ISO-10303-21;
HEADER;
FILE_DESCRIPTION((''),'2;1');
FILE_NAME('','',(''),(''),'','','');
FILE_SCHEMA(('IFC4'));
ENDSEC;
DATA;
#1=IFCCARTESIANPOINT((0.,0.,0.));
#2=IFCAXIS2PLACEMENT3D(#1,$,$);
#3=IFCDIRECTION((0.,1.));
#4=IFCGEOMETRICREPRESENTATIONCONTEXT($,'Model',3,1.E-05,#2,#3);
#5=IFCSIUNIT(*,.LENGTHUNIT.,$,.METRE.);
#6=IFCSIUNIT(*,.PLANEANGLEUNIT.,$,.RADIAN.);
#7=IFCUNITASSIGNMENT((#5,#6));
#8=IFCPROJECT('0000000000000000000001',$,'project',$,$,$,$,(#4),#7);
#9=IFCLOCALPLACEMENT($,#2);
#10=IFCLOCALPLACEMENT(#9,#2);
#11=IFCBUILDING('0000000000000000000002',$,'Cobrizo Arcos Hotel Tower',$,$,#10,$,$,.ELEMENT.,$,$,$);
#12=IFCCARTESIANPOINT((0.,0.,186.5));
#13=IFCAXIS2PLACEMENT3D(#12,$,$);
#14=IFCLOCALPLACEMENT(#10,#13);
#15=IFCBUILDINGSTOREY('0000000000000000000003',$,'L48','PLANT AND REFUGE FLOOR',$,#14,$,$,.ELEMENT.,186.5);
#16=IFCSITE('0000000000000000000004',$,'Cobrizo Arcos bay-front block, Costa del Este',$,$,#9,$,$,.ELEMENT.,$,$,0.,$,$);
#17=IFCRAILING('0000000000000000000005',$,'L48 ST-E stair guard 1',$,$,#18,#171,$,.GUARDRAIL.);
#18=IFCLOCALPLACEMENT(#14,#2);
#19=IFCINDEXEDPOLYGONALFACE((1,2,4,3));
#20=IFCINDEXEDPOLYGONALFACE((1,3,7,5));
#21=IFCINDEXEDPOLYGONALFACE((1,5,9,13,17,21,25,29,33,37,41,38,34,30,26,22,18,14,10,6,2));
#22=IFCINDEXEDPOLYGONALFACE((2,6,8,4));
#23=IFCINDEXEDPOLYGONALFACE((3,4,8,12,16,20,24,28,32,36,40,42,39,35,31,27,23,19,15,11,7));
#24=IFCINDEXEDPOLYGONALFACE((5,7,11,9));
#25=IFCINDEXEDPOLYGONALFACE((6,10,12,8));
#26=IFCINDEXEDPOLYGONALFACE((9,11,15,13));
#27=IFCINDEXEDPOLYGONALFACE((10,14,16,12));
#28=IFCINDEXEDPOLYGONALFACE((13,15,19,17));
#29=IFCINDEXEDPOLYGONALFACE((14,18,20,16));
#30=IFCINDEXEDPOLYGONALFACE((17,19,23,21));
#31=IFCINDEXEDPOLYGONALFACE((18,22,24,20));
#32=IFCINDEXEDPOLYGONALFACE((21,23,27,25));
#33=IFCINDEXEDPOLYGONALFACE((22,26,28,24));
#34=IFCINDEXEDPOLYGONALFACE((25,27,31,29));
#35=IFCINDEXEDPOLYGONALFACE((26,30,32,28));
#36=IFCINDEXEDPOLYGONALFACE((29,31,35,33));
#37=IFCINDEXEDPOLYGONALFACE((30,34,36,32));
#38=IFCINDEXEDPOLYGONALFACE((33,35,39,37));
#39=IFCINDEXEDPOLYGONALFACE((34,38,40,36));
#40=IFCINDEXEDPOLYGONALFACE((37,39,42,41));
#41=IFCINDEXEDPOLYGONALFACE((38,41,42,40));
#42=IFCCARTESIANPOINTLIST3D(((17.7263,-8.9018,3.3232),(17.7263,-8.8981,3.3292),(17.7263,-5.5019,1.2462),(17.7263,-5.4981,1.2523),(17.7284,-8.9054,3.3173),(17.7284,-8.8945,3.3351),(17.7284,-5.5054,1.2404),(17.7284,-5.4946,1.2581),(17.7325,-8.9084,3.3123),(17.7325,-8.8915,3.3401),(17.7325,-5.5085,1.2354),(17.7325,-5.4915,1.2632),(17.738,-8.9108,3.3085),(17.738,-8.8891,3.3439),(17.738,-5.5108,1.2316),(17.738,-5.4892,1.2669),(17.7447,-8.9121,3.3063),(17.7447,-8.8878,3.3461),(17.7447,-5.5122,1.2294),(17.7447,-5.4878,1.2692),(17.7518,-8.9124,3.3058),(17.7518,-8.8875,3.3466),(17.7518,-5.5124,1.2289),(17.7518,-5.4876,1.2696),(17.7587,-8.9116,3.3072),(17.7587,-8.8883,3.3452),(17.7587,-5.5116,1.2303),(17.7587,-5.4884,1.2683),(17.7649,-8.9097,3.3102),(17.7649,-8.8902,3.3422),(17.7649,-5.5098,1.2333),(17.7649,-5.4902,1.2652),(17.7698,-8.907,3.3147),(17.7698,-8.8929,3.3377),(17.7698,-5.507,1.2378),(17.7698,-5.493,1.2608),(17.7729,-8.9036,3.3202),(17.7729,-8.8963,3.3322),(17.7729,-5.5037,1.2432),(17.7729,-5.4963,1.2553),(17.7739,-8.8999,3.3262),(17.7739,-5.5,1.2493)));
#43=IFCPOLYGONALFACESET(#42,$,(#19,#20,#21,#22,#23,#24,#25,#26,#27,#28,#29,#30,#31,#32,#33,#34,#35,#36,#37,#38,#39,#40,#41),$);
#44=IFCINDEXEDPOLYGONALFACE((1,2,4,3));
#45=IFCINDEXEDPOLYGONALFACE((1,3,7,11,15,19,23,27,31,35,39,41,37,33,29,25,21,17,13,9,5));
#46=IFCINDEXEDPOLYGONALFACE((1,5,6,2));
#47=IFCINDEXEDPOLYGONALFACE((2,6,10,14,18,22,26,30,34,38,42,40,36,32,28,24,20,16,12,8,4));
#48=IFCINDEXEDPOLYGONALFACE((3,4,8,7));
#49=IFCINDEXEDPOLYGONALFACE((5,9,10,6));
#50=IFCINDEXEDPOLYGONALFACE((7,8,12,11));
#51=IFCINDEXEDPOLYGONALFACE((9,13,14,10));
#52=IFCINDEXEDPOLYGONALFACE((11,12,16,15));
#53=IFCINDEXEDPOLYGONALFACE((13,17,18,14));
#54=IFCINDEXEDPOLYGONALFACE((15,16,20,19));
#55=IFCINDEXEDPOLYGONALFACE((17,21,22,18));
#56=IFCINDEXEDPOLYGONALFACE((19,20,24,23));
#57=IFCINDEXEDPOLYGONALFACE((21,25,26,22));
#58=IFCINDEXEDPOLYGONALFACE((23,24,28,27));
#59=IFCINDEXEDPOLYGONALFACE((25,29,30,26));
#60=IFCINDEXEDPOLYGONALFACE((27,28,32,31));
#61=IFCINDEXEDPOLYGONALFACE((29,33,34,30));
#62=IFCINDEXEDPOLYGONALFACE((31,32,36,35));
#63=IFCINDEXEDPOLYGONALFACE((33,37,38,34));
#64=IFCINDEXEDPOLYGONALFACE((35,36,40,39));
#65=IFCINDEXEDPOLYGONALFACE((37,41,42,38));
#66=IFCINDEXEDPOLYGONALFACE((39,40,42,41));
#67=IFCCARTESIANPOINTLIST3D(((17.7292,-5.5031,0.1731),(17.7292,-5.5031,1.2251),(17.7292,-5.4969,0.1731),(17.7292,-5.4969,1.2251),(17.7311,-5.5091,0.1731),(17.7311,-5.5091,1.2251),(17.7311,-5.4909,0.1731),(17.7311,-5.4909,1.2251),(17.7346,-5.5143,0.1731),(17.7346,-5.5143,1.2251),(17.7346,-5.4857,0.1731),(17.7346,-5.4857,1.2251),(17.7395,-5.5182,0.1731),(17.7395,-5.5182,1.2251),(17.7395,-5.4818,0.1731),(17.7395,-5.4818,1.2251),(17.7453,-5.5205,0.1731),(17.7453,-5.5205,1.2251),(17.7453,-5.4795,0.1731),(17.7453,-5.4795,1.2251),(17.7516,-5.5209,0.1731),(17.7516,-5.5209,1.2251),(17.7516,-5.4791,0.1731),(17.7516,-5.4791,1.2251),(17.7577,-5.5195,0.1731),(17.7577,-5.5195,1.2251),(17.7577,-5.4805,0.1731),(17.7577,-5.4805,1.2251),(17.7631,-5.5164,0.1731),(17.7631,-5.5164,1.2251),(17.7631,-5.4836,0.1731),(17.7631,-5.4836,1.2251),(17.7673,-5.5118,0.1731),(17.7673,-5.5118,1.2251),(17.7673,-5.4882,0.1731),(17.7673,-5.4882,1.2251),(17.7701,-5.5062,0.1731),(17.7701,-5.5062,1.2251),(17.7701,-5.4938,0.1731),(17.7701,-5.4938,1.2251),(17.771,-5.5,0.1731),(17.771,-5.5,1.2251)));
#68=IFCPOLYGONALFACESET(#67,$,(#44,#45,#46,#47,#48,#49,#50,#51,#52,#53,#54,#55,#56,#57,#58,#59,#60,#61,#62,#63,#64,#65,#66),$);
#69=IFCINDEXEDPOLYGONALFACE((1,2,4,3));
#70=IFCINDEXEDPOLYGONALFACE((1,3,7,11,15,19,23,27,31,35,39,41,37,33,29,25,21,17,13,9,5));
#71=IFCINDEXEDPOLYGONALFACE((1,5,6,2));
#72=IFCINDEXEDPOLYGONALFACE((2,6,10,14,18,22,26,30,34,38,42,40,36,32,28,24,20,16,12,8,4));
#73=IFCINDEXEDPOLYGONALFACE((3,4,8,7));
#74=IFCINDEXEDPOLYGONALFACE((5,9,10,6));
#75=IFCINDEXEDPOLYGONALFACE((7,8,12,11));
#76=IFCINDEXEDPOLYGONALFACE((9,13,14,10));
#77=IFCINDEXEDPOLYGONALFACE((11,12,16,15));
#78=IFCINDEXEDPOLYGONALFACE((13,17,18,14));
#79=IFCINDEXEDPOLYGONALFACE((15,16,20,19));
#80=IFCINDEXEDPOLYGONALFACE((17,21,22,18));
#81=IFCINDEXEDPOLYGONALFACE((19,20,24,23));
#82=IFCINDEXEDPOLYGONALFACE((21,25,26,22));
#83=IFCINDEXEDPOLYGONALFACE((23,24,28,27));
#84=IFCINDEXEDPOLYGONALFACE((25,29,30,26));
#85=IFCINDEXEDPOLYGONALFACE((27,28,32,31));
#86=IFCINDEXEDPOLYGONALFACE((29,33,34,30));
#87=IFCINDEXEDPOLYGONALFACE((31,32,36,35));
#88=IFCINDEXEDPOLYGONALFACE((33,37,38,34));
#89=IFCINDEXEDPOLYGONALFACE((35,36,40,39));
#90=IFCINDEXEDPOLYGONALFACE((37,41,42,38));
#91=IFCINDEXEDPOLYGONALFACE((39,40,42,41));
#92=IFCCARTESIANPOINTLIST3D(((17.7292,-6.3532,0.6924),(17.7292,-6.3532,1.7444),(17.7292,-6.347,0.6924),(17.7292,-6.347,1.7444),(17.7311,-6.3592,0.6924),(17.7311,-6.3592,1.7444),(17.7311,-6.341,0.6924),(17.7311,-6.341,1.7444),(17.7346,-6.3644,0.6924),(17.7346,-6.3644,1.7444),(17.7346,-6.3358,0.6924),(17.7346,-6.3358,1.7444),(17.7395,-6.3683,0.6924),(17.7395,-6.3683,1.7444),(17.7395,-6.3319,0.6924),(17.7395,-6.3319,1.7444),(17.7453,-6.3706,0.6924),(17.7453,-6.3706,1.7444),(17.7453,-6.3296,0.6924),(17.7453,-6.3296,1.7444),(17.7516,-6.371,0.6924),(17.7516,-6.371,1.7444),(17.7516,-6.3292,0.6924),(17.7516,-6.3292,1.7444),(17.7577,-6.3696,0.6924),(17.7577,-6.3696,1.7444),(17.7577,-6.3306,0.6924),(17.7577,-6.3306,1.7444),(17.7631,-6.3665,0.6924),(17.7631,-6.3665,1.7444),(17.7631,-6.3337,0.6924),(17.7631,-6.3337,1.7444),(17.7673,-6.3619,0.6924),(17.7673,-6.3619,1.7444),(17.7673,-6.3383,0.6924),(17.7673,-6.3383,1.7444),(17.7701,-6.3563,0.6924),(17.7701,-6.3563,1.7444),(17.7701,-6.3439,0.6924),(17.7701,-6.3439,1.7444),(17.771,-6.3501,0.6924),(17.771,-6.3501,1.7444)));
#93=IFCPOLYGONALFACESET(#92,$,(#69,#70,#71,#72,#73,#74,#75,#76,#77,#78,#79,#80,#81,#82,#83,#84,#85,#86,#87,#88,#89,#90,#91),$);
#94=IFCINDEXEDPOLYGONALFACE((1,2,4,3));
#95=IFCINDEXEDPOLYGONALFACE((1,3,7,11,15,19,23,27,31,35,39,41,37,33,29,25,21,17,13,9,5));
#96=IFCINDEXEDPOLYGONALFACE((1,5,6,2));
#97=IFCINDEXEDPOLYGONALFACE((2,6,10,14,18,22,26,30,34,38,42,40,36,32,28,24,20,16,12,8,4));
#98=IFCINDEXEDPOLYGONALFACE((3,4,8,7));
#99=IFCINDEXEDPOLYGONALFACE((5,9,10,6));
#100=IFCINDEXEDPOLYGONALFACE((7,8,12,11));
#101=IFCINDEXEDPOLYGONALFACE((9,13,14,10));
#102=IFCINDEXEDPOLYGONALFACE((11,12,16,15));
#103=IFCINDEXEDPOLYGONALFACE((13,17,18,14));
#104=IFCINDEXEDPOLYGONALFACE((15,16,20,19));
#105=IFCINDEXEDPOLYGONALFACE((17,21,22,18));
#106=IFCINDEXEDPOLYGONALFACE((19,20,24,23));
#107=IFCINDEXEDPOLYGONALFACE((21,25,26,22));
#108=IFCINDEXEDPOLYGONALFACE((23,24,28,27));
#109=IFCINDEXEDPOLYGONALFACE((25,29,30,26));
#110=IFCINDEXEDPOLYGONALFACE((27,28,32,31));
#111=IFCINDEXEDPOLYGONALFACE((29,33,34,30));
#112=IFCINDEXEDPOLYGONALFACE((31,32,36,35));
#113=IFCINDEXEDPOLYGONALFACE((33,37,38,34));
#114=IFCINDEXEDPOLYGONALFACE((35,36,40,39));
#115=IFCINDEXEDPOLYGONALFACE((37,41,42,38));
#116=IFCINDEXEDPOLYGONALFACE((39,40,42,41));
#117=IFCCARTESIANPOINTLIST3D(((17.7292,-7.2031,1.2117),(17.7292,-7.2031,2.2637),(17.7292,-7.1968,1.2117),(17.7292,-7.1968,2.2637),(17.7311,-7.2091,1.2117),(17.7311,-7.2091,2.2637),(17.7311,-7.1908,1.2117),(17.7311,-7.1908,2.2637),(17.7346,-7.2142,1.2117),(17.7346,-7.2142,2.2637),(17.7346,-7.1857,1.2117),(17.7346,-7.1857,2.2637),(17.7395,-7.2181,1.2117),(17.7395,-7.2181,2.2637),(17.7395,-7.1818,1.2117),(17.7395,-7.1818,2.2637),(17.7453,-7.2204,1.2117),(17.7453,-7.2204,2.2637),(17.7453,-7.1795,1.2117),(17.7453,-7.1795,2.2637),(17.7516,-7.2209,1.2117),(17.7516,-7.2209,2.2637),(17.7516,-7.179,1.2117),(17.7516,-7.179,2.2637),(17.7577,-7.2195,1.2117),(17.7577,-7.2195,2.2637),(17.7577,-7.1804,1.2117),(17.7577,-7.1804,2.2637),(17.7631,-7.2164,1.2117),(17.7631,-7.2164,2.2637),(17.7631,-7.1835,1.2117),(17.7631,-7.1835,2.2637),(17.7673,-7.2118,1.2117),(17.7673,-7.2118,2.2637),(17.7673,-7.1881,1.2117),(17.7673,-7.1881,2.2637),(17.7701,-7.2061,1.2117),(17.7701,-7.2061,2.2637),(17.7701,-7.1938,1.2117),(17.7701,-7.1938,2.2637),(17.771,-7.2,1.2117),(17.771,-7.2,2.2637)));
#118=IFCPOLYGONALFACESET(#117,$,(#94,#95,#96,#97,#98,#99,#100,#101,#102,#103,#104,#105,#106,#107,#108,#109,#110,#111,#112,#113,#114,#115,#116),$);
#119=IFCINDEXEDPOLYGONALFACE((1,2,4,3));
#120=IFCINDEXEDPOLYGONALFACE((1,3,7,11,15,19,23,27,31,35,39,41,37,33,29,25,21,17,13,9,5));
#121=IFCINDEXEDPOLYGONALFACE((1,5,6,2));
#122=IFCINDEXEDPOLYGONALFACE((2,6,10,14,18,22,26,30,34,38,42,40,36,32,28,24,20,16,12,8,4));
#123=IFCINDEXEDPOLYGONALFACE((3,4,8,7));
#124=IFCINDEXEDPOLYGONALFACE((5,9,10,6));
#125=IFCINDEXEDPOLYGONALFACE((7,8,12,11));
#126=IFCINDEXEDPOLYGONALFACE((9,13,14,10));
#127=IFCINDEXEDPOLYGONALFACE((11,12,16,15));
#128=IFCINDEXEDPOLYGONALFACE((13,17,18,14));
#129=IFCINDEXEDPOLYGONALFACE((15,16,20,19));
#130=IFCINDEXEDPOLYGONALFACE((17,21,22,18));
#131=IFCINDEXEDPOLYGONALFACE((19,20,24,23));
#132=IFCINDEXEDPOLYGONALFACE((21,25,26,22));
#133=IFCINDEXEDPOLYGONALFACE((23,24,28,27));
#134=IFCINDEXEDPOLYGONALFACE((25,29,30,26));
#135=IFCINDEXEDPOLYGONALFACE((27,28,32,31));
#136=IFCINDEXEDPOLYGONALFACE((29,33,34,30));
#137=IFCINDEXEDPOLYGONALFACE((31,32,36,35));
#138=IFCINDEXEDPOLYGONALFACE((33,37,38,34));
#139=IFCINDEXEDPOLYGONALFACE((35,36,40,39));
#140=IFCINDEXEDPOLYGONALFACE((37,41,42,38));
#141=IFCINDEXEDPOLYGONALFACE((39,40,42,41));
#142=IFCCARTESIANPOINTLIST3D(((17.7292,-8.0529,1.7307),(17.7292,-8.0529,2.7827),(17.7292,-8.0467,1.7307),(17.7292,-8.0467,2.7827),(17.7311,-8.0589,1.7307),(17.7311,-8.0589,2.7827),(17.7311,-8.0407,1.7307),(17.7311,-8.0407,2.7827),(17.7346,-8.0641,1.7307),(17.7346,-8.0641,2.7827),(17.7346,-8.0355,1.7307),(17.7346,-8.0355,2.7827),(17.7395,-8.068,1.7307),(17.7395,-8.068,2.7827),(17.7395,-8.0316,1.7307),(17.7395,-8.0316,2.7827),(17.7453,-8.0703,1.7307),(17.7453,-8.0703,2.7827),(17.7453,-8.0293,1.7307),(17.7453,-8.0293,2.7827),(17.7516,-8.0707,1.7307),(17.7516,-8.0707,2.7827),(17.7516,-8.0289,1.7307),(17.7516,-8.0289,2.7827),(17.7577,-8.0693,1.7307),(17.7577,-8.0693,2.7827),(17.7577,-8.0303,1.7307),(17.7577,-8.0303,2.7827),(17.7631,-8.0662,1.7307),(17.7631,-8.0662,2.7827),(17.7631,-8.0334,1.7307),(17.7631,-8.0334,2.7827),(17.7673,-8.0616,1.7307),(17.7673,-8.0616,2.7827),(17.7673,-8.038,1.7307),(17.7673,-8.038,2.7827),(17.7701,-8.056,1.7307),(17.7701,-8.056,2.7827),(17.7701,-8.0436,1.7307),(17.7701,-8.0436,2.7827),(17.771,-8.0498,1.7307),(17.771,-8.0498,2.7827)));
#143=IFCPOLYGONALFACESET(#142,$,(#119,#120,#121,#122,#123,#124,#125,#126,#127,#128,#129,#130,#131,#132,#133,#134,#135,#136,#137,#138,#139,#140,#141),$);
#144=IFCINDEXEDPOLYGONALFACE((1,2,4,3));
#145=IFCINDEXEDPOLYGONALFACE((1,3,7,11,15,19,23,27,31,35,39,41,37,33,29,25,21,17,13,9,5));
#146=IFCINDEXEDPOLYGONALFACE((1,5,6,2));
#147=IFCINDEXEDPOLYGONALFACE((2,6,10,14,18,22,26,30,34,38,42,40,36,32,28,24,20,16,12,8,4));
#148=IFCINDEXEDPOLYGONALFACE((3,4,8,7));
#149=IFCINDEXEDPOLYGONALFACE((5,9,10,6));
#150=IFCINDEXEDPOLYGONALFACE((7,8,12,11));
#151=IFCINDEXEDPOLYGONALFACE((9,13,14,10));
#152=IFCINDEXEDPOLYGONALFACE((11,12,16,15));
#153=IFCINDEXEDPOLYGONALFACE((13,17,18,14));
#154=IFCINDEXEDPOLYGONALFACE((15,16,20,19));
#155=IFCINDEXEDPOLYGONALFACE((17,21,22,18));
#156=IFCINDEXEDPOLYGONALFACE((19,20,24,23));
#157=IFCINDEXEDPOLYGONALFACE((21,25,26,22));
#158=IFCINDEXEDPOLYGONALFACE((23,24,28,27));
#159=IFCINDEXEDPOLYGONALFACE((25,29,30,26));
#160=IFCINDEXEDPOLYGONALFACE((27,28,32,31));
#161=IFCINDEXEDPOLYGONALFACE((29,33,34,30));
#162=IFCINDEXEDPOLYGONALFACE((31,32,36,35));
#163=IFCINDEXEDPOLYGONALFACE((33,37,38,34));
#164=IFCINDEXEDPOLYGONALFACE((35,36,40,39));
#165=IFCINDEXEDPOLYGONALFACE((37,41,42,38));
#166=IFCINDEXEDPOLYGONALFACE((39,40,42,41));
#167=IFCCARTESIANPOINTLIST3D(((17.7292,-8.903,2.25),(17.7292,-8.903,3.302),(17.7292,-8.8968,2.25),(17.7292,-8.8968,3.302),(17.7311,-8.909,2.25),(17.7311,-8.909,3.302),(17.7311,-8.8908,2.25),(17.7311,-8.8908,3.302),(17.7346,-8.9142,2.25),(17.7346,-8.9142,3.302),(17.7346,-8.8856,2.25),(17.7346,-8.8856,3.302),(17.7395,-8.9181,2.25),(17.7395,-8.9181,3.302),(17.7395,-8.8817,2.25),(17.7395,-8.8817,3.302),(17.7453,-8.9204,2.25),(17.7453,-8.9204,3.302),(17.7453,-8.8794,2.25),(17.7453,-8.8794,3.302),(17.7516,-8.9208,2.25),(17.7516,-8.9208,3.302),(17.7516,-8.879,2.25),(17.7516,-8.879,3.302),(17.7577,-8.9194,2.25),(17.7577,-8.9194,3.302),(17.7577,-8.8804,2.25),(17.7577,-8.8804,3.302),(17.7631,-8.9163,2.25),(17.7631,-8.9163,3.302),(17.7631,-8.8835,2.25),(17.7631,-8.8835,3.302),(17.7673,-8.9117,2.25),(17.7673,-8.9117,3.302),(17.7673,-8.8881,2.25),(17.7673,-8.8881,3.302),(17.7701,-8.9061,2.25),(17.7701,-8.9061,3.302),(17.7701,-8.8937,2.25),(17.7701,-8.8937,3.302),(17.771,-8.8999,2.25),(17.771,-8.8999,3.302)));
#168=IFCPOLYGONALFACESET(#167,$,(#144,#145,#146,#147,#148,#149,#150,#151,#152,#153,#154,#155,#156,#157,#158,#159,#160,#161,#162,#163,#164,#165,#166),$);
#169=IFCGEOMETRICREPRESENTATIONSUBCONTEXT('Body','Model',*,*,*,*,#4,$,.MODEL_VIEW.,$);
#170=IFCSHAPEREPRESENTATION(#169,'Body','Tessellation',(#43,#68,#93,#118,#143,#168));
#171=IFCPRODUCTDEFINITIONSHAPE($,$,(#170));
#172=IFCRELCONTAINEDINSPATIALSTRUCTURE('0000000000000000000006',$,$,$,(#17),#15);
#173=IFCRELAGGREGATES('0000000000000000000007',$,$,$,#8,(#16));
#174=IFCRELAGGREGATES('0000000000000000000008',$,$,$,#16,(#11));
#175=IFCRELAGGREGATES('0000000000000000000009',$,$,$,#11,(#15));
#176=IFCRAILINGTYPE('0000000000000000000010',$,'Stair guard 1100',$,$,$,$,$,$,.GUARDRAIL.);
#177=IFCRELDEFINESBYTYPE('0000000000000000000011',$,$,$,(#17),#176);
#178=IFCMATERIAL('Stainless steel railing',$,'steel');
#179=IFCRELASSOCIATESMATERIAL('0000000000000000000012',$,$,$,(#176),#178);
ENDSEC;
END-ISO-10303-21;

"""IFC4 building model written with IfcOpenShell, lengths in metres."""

from ifc_helpers import new_model, si_unit, direction, frame, origin, origin_2d, place, context, subcontext, project, spatial, circle, extrude, material, type_object, element, save


model = new_model("IFC4")

# Units and contexts
model_context = context("Model", 3, precision=1e-05, world=origin(), true_north=direction((0.0, 1.0)))
body_context = subcontext(model_context, "Body", "Model", "MODEL_VIEW")
ifc_project = project(units=[si_unit("LENGTHUNIT", "METRE"), si_unit("PLANEANGLEUNIT", "RADIAN")], contexts=[model_context])

# Site, building, storey
site_placement = place(None, origin())
site = spatial("IfcSite", under=ifc_project, at=site_placement, Name="Cobrizo Arcos bay-front block, Costa del Este", CompositionType="ELEMENT", RefElevation=0.0)
building_placement = place(site_placement, origin())
building = spatial("IfcBuilding", under=site, at=building_placement, Name="Cobrizo Arcos Hotel Tower", CompositionType="ELEMENT")
storey_placement = place(building_placement, frame((0.0, 0.0, 186.5)))
storey = spatial("IfcBuildingStorey", under=building, at=storey_placement, Name="L48", Description="PLANT AND REFUGE FLOOR", CompositionType="ELEMENT", Elevation=186.5)

# Railing
ifc_material_1 = material(Name="Stainless steel railing", Category="steel")
railing_type_1 = type_object("IfcRailingType", Name="Stair guard 1100", PredefinedType="GUARDRAIL", material=ifc_material_1)
railing_1_placement = place(storey_placement, frame((17.75, -5.5, 0.1731)))
element("IfcRailing", 1, at=railing_1_placement, inside=storey, type_object=railing_type_1, Name="L48 ST-E stair guard 1", PredefinedType="GUARDRAIL", context=body_context, shape_type="SweptSolid", body=[
    extrude(circle(Radius=0.0239, at=origin_2d()), frame((0.0, 0.0, 1.0762), z_axis=(0.0, -0.853373, 0.521301), x_axis=(1.0, 0.0, 0.0)), (0.0, 0.0, 1.0), 3.9841),
    extrude(circle(Radius=0.021, at=origin_2d()), origin(), (0.0, 0.0, 1.0), 1.052),
    extrude(circle(Radius=0.021, at=origin_2d()), frame((0.0, -0.8501, 0.5193)), (0.0, 0.0, 1.0), 1.052),
    extrude(circle(Radius=0.021, at=origin_2d()), frame((0.0, -1.7, 1.0386)), (0.0, 0.0, 1.0), 1.052),
    extrude(circle(Radius=0.021, at=origin_2d()), frame((0.0, -2.5498, 1.5576)), (0.0, 0.0, 1.0), 1.052),
    extrude(circle(Radius=0.021, at=origin_2d()), frame((0.0, -3.3999, 2.0769)), (0.0, 0.0, 1.0), 1.052),
])

save(model, "model.ifc")
